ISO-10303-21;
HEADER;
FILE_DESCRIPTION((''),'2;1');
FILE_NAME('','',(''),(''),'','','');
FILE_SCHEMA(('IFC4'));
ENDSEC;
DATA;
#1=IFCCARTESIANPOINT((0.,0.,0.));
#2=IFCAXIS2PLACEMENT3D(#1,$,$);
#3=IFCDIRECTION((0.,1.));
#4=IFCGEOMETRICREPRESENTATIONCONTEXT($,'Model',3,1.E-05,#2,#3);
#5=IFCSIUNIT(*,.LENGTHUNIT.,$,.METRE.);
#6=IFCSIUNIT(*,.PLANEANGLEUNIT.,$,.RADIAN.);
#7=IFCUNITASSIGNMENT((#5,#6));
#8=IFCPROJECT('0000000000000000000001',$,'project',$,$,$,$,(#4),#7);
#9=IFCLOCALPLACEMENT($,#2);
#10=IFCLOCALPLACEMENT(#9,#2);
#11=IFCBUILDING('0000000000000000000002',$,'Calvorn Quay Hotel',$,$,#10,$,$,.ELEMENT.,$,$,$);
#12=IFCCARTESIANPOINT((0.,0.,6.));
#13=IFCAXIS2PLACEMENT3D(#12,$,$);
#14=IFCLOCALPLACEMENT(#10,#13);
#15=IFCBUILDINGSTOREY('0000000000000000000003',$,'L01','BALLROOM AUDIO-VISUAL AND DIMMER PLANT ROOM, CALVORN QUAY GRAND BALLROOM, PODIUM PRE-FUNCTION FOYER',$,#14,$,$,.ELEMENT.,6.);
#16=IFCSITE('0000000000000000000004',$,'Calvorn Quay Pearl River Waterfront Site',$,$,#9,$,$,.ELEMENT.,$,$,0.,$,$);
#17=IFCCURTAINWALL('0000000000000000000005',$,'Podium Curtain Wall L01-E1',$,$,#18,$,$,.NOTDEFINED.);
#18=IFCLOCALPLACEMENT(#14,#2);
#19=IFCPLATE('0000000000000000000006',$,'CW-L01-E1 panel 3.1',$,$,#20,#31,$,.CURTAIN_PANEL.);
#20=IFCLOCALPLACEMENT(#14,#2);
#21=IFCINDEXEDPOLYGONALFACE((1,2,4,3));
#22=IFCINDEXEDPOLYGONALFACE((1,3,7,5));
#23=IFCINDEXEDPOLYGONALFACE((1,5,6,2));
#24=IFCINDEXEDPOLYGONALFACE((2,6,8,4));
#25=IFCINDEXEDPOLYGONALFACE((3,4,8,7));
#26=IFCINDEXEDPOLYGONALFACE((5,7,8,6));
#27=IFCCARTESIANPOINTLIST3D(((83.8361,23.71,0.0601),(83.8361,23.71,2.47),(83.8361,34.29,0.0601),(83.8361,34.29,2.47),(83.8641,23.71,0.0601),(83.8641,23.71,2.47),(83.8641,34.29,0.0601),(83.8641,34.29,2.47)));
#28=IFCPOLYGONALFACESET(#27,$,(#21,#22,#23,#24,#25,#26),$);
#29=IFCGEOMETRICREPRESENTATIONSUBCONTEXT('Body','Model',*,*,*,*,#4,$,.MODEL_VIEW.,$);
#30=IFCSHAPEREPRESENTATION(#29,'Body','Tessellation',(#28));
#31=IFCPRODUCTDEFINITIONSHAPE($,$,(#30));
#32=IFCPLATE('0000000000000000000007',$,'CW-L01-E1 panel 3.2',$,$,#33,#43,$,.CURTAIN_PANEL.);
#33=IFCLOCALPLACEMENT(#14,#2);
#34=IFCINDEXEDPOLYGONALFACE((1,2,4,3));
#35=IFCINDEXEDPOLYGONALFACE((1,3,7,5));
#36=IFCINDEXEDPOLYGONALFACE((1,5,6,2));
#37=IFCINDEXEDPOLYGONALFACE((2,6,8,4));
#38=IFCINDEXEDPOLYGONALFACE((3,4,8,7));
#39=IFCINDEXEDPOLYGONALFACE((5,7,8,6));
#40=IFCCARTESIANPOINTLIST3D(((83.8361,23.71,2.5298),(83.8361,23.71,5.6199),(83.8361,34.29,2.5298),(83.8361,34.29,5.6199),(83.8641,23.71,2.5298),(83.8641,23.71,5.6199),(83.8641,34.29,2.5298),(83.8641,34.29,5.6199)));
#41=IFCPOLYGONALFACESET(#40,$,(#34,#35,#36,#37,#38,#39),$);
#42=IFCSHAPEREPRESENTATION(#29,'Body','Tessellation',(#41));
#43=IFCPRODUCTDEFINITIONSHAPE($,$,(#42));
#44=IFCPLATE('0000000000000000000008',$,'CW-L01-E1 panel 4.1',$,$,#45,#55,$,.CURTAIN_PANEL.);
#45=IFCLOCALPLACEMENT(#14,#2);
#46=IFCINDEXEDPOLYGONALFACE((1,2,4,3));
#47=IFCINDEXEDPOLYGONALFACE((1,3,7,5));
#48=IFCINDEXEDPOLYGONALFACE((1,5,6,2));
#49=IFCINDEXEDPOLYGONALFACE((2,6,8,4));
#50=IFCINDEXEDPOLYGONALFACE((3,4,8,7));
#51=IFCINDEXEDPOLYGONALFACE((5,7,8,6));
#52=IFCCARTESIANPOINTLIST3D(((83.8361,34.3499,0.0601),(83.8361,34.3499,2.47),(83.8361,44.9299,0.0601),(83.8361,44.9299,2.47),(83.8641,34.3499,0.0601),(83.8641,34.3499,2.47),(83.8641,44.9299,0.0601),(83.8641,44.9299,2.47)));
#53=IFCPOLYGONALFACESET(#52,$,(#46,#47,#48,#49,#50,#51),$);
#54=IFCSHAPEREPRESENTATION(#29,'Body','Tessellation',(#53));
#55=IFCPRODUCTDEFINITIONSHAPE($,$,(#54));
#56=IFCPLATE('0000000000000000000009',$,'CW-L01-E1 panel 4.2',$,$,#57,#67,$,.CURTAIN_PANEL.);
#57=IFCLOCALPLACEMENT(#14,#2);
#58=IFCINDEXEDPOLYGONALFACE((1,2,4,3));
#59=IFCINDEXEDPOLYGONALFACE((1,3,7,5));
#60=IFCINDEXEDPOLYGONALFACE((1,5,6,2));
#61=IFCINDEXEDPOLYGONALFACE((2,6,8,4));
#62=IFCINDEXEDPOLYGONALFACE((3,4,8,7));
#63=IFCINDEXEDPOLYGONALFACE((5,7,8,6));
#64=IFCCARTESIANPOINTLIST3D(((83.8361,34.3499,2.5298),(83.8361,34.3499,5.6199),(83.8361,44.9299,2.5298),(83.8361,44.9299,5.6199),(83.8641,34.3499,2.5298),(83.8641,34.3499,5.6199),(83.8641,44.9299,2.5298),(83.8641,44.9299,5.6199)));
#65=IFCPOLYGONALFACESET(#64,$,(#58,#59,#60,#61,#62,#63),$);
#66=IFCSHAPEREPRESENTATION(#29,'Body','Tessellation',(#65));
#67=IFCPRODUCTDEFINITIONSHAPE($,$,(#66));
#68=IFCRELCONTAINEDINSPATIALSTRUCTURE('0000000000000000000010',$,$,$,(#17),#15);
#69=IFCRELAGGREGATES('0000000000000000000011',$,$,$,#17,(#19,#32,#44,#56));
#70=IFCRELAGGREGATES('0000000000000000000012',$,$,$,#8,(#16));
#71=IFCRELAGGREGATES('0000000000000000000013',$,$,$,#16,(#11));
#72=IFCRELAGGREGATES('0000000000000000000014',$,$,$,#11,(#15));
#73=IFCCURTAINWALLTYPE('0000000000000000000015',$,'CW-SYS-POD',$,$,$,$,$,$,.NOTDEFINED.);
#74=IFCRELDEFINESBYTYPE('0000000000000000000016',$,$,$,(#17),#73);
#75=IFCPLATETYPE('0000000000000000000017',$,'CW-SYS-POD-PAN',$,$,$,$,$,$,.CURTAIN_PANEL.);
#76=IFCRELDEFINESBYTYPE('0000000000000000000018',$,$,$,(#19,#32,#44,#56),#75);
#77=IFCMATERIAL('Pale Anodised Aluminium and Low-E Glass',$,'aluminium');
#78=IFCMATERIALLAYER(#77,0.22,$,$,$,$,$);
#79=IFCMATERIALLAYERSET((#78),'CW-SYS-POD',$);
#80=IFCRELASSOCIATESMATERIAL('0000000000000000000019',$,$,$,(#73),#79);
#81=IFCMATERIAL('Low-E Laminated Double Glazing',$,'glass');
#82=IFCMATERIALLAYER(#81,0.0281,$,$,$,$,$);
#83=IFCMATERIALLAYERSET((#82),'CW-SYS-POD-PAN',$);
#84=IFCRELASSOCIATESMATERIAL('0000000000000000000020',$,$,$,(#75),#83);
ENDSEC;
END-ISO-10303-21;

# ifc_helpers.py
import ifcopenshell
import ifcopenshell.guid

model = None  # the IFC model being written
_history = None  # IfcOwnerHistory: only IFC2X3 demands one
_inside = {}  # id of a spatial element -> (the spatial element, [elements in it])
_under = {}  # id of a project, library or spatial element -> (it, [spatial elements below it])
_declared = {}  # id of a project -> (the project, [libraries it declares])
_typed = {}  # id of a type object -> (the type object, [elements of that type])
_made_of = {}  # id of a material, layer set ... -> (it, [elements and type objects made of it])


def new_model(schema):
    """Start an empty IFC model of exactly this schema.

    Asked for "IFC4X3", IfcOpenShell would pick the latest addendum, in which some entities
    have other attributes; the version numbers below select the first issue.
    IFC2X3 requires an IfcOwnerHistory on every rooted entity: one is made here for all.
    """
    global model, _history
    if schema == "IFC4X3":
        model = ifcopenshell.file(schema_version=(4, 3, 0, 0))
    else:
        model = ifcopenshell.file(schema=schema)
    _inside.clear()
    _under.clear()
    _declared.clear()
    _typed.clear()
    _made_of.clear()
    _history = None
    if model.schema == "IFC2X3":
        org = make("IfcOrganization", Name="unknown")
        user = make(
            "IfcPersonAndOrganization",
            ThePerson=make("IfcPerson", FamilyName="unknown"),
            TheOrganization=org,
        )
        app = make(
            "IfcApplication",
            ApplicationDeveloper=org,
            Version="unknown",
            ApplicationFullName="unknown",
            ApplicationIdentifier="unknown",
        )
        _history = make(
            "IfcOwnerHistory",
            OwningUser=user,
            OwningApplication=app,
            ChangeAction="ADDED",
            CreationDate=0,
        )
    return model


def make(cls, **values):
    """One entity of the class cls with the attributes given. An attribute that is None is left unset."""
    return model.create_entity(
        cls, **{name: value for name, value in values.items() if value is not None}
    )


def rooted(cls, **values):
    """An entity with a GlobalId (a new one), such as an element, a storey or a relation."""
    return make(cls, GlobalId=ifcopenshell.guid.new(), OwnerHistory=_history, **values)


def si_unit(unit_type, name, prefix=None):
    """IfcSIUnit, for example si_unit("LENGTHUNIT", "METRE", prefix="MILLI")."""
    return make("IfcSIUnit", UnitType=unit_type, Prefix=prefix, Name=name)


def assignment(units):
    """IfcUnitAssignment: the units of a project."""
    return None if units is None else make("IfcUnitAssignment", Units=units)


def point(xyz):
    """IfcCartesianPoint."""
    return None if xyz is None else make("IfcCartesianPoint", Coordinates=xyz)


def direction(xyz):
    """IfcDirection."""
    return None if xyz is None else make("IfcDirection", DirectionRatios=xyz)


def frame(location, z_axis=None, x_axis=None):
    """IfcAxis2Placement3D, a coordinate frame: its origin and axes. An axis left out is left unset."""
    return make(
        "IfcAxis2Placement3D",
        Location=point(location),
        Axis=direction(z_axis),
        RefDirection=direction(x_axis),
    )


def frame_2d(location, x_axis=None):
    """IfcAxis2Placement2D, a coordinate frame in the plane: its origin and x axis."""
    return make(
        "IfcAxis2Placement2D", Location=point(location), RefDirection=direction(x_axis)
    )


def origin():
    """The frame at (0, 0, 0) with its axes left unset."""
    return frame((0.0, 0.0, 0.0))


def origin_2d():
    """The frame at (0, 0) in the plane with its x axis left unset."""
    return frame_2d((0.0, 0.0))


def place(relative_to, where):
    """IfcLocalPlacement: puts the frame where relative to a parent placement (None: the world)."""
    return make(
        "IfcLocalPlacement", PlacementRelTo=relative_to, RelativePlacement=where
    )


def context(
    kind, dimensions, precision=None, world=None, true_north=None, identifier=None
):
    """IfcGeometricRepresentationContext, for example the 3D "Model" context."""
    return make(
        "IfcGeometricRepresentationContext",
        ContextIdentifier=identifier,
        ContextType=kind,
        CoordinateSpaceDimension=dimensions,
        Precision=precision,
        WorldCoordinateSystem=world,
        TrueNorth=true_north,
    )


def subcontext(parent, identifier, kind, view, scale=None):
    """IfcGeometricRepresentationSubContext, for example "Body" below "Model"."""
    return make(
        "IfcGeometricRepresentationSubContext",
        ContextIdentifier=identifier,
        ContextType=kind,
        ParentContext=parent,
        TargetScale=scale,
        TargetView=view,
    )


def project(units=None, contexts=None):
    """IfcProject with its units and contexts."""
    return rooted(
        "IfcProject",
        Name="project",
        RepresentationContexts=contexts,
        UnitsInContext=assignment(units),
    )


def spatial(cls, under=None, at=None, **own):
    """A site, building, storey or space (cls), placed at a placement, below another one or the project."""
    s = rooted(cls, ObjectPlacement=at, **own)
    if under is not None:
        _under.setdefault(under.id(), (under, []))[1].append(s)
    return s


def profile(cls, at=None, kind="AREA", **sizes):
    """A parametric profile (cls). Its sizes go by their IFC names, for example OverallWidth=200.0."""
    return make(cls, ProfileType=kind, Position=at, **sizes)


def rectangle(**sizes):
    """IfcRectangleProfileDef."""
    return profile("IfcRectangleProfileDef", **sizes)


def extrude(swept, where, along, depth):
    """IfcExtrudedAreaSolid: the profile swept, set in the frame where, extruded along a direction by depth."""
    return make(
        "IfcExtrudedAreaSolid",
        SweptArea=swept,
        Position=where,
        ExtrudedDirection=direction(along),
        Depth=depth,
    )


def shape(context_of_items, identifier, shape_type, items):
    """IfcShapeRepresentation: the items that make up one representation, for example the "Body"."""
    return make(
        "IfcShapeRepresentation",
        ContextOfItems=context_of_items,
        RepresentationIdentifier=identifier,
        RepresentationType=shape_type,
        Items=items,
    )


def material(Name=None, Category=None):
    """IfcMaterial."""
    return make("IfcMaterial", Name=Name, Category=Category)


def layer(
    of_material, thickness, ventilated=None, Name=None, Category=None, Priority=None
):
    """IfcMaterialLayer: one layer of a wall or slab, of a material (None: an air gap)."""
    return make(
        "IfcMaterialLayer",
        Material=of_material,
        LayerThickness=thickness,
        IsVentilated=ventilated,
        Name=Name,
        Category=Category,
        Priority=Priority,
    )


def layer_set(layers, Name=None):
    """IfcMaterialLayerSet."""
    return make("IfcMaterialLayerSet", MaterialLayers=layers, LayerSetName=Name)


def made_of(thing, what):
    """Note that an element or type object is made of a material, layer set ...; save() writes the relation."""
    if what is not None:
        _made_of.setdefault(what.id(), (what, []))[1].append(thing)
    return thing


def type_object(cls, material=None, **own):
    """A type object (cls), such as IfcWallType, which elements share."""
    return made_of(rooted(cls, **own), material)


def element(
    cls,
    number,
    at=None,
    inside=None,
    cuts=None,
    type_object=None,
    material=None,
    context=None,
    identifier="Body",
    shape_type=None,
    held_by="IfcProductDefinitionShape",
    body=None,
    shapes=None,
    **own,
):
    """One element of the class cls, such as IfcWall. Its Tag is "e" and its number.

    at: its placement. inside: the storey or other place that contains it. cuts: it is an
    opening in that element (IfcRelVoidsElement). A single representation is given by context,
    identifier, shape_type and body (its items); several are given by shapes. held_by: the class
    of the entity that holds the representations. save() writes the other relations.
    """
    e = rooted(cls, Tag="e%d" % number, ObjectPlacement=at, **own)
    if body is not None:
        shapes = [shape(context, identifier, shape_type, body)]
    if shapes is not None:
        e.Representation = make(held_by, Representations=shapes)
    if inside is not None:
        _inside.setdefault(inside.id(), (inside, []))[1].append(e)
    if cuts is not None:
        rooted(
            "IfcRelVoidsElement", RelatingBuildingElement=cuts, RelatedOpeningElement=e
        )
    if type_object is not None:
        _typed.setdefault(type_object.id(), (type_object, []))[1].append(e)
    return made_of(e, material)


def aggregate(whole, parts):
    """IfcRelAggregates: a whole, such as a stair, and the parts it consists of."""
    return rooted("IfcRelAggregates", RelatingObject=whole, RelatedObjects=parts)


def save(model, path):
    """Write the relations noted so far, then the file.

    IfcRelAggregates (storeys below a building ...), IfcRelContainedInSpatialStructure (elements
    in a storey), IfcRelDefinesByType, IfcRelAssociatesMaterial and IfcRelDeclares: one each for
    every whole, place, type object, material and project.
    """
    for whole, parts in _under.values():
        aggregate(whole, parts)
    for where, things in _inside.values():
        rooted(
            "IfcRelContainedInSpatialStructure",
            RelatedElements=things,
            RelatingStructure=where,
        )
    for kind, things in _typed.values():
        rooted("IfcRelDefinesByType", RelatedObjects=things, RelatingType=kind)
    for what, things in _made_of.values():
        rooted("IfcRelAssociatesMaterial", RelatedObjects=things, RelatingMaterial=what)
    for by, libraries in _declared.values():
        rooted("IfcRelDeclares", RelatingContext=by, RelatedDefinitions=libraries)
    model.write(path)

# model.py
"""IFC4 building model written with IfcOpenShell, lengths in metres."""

from ifc_helpers import new_model, si_unit, direction, frame, origin, origin_2d, place, context, subcontext, project, spatial, rectangle, extrude, material, layer, layer_set, type_object, element, aggregate, save


model = new_model("IFC4")

# Units and contexts
model_context = context("Model", 3, precision=1e-05, world=origin(), true_north=direction((0.0, 1.0)))
body_context = subcontext(model_context, "Body", "Model", "MODEL_VIEW")
ifc_project = project(units=[si_unit("LENGTHUNIT", "METRE"), si_unit("PLANEANGLEUNIT", "RADIAN")], contexts=[model_context])

# Site, building, storey
site_placement = place(None, origin())
site = spatial("IfcSite", under=ifc_project, at=site_placement, Name="Calvorn Quay Pearl River Waterfront Site", CompositionType="ELEMENT", RefElevation=0.0)
building_placement = place(site_placement, origin())
building = spatial("IfcBuilding", under=site, at=building_placement, Name="Calvorn Quay Hotel", CompositionType="ELEMENT")
storey_placement = place(building_placement, frame((0.0, 0.0, 6.0)))
storey = spatial("IfcBuildingStorey", under=building, at=storey_placement, Name="L01", Description="BALLROOM AUDIO-VISUAL AND DIMMER PLANT ROOM, CALVORN QUAY GRAND BALLROOM, PODIUM PRE-FUNCTION FOYER", CompositionType="ELEMENT", Elevation=6.0)

# Curtain wall, plates
ifc_material_1 = material(Name="Pale Anodised Aluminium and Low-E Glass", Category="aluminium")
ifc_layer_1 = layer(ifc_material_1, 0.22)
ifc_layer_set_1 = layer_set([ifc_layer_1], Name="CW-SYS-POD")
curtain_wall_type = type_object("IfcCurtainWallType", Name="CW-SYS-POD", PredefinedType="NOTDEFINED", material=ifc_layer_set_1)
curtain_wall_placement = place(storey_placement, origin())
curtain_wall = element("IfcCurtainWall", 1, at=curtain_wall_placement, inside=storey, type_object=curtain_wall_type, Name="Podium Curtain Wall L01-E1", PredefinedType="NOTDEFINED")
ifc_material_2 = material(Name="Low-E Laminated Double Glazing", Category="glass")
ifc_layer_2 = layer(ifc_material_2, 0.0281)
ifc_layer_set_2 = layer_set([ifc_layer_2], Name="CW-SYS-POD-PAN")
plate_type = type_object("IfcPlateType", Name="CW-SYS-POD-PAN", PredefinedType="CURTAIN_PANEL", material=ifc_layer_set_2)
plate_1_placement = place(storey_placement, frame((83.8501, 29.0, 0.0601), z_axis=(0.0, 0.0, 1.0), x_axis=(0.0, 1.0, 0.0)))
plate_1 = element("IfcPlate", 2, at=plate_1_placement, type_object=plate_type, Name="CW-L01-E1 panel 3.1", PredefinedType="CURTAIN_PANEL", context=body_context, shape_type="SweptSolid", body=[
    extrude(rectangle(XDim=10.5801, YDim=0.0281, at=origin_2d()), origin(), (0.0, 0.0, 1.0), 2.4099),
])
plate_2_placement = place(storey_placement, frame((83.8501, 29.0, 2.5298), z_axis=(0.0, 0.0, 1.0), x_axis=(0.0, 1.0, 0.0)))
plate_2 = element("IfcPlate", 3, at=plate_2_placement, type_object=plate_type, Name="CW-L01-E1 panel 3.2", PredefinedType="CURTAIN_PANEL", context=body_context, shape_type="SweptSolid", body=[
    extrude(rectangle(XDim=10.5801, YDim=0.0281, at=origin_2d()), origin(), (0.0, 0.0, 1.0), 3.0901),
])
plate_3_placement = place(storey_placement, frame((83.8501, 39.6399, 0.0601), z_axis=(0.0, 0.0, 1.0), x_axis=(0.0, 1.0, 0.0)))
plate_3 = element("IfcPlate", 4, at=plate_3_placement, type_object=plate_type, Name="CW-L01-E1 panel 4.1", PredefinedType="CURTAIN_PANEL", context=body_context, shape_type="SweptSolid", body=[
    extrude(rectangle(XDim=10.5801, YDim=0.0281, at=origin_2d()), origin(), (0.0, 0.0, 1.0), 2.4099),
])
plate_4_placement = place(storey_placement, frame((83.8501, 39.6399, 2.5298), z_axis=(0.0, 0.0, 1.0), x_axis=(0.0, 1.0, 0.0)))
plate_4 = element("IfcPlate", 5, at=plate_4_placement, type_object=plate_type, Name="CW-L01-E1 panel 4.2", PredefinedType="CURTAIN_PANEL", context=body_context, shape_type="SweptSolid", body=[
    extrude(rectangle(XDim=10.5801, YDim=0.0281, at=origin_2d()), origin(), (0.0, 0.0, 1.0), 3.0901),
])
aggregate(curtain_wall, [plate_1, plate_2, plate_3, plate_4])

save(model, "model.ifc")
